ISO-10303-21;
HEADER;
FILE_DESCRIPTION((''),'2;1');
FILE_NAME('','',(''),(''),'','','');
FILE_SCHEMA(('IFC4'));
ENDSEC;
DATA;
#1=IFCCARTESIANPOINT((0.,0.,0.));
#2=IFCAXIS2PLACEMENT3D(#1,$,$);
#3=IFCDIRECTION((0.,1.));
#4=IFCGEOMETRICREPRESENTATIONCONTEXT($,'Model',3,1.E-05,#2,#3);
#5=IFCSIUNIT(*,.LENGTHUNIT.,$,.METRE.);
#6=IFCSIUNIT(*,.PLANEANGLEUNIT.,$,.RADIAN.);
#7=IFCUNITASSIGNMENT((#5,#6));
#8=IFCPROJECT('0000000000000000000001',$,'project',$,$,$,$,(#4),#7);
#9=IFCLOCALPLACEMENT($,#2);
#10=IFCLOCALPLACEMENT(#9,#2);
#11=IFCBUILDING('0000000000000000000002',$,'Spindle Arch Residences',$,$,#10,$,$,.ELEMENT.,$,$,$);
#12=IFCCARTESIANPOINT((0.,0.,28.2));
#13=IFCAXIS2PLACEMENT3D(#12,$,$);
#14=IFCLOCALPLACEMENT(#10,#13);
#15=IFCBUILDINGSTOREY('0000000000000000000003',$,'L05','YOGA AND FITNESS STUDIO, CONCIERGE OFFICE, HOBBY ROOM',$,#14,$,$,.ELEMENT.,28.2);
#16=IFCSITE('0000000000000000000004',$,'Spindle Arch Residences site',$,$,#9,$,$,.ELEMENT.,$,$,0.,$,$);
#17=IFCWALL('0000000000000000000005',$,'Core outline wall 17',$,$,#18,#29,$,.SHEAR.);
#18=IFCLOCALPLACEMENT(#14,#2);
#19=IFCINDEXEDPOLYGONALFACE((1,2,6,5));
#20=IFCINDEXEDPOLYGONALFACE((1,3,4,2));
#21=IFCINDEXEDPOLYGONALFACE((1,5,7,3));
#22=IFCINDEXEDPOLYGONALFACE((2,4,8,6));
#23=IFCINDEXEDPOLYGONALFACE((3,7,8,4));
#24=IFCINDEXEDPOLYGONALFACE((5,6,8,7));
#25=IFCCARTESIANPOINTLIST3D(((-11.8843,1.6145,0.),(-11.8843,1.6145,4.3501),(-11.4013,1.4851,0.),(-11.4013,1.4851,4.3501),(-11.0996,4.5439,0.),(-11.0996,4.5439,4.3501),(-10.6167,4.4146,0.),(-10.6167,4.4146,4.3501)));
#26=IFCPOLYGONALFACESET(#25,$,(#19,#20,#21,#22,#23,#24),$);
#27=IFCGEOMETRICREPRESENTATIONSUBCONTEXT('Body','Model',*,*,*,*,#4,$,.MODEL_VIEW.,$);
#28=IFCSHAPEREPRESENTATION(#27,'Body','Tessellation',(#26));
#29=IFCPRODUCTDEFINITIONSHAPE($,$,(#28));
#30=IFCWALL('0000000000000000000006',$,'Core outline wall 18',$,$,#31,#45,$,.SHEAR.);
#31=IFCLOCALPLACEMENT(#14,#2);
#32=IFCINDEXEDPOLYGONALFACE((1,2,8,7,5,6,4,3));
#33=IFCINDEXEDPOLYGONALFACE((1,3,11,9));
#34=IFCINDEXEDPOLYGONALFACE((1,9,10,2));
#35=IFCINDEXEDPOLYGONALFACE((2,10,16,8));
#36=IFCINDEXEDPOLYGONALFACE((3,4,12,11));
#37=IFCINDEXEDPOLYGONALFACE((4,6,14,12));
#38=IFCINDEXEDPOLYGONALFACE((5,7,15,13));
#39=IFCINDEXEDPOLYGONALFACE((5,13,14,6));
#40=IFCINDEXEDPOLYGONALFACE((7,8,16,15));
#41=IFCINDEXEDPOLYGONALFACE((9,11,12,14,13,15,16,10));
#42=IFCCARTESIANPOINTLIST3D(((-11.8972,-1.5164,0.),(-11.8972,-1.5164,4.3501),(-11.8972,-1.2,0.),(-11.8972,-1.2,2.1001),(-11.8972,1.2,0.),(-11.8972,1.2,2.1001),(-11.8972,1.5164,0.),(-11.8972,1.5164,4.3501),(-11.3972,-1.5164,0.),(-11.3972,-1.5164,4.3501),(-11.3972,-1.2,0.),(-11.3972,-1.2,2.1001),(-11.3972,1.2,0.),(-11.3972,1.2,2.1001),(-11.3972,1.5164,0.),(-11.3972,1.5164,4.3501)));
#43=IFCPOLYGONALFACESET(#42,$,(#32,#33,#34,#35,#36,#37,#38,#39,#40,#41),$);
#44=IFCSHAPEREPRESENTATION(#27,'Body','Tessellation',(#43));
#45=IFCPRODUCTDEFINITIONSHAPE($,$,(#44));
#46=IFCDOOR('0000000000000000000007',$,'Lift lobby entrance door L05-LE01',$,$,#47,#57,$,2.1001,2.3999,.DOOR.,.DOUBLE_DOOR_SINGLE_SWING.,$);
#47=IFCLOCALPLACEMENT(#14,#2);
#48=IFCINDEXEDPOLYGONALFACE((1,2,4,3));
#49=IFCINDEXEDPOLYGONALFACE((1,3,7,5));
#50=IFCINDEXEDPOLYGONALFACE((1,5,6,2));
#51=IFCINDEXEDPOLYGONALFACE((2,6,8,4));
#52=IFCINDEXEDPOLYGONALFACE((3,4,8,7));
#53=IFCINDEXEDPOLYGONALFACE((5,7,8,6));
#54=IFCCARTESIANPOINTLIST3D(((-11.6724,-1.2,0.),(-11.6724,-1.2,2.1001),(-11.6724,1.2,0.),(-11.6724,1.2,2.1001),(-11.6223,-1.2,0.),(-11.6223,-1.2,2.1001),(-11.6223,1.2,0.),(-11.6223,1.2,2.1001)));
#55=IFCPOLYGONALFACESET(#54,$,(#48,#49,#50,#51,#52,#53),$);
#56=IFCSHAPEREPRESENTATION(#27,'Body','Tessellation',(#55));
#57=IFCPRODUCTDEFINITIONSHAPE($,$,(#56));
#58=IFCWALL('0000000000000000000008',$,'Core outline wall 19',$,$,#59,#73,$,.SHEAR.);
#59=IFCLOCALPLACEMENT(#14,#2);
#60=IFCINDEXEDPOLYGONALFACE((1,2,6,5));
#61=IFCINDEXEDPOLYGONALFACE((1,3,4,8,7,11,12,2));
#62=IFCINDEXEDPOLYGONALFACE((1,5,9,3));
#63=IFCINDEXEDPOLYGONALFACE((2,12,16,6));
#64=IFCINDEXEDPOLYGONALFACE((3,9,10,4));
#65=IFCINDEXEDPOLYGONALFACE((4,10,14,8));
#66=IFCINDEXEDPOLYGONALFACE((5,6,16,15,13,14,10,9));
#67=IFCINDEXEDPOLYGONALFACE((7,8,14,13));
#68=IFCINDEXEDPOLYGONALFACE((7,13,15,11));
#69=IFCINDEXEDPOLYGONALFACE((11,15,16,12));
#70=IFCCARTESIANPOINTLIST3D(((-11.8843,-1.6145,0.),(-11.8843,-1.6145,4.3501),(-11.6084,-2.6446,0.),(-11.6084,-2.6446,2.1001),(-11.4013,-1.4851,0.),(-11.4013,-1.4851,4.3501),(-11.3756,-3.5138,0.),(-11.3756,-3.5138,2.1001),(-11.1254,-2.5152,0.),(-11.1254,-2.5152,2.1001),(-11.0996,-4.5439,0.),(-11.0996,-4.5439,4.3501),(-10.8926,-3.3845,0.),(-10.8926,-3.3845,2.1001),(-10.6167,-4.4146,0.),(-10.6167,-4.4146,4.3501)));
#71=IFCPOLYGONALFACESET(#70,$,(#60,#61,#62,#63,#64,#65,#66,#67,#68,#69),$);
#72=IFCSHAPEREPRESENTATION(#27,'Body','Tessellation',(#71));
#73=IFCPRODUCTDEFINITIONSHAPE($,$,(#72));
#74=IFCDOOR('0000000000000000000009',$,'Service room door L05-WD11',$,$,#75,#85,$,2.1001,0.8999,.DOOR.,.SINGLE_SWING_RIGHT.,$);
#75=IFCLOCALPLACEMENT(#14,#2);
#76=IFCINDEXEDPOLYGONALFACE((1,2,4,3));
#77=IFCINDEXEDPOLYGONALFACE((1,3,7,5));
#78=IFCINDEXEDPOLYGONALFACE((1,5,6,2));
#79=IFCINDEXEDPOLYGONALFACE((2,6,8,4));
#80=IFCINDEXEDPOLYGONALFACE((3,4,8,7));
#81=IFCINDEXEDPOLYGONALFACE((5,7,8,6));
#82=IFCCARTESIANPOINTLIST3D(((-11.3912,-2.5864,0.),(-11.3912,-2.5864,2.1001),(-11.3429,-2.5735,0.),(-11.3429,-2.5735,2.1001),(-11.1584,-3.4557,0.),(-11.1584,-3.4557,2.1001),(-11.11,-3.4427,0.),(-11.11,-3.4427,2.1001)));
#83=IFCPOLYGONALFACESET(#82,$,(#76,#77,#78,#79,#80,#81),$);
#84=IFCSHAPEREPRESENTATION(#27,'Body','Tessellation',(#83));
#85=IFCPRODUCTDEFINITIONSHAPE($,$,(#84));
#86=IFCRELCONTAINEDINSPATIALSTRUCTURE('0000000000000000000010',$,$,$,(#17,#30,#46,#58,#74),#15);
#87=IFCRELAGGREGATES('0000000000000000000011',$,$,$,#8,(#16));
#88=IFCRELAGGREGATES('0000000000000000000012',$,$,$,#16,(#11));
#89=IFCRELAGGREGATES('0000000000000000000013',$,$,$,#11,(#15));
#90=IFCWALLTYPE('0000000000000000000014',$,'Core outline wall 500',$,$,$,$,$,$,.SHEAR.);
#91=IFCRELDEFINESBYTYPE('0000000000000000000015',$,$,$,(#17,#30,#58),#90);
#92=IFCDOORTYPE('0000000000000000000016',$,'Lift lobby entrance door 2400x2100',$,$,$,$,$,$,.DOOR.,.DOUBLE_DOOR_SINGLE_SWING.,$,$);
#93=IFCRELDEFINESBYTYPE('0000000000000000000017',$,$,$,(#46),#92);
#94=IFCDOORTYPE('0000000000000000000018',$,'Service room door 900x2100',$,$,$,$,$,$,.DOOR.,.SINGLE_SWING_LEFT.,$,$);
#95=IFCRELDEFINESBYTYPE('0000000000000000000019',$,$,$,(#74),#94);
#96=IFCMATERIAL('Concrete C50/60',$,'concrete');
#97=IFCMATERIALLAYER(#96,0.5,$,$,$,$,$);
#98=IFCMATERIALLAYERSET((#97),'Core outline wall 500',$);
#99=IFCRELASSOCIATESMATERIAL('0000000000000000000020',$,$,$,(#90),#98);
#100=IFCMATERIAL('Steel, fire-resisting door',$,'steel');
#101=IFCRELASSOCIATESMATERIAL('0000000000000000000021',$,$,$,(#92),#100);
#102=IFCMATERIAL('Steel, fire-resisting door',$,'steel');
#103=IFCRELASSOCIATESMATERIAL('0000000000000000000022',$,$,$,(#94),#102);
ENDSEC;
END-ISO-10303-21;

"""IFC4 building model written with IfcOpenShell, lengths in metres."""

from ifc_helpers import new_model, si_unit, direction, frame, frame_2d, origin, place, context, subcontext, project, spatial, rectangle, extrude, material, layer, layer_set, type_object, element, fill, save


model = new_model("IFC4")

# Units and contexts
model_context = context("Model", 3, precision=1e-05, world=origin(), true_north=direction((0.0, 1.0)))
body_context = subcontext(model_context, "Body", "Model", "MODEL_VIEW")
ifc_project = project(units=[si_unit("LENGTHUNIT", "METRE"), si_unit("PLANEANGLEUNIT", "RADIAN")], contexts=[model_context])

# Site, building, storey
site_placement = place(None, origin())
site = spatial("IfcSite", under=ifc_project, at=site_placement, Name="Spindle Arch Residences site", CompositionType="ELEMENT", RefElevation=0.0)
building_placement = place(site_placement, origin())
building = spatial("IfcBuilding", under=site, at=building_placement, Name="Spindle Arch Residences", CompositionType="ELEMENT")
storey_placement = place(building_placement, frame((0.0, 0.0, 28.2)))
storey = spatial("IfcBuildingStorey", under=building, at=storey_placement, Name="L05", Description="YOGA AND FITNESS STUDIO, CONCIERGE OFFICE, HOBBY ROOM", CompositionType="ELEMENT", Elevation=28.2)

# Wall
ifc_material_1 = material(Name="Concrete C50/60", Category="concrete")
ifc_layer_1 = layer(ifc_material_1, 0.5)
ifc_layer_set_1 = layer_set([ifc_layer_1], Name="Core outline wall 500")
wall_type_1 = type_object("IfcWallType", Name="Core outline wall 500", PredefinedType="SHEAR", material=ifc_layer_set_1)
wall_1_placement = place(storey_placement, frame((-10.8582, 4.4792, 0.0), z_axis=(0.0, 0.0, 1.0), x_axis=(-0.258735, -0.965948, 0.0)))
element("IfcWall", 1, at=wall_1_placement, inside=storey, type_object=wall_type_1, Name="Core outline wall 17", PredefinedType="SHEAR", context=body_context, shape_type="SweptSolid", body=[
    extrude(rectangle(XDim=3.0327, YDim=0.5, at=frame_2d((1.5164, 0.0))), origin(), (0.0, 0.0, 1.0), 4.3501),
])

# Walls, openings, doors
wall_2_placement = place(storey_placement, frame((-11.6472, 1.5164, 0.0), z_axis=(0.0, 0.0, 1.0), x_axis=(0.0, -1.0, 0.0)))
wall_2 = element("IfcWall", 2, at=wall_2_placement, inside=storey, type_object=wall_type_1, Name="Core outline wall 18", PredefinedType="SHEAR", context=body_context, shape_type="SweptSolid", body=[
    extrude(rectangle(XDim=3.0327, YDim=0.5, at=frame_2d((1.5164, 0.0))), origin(), (0.0, 0.0, 1.0), 4.3501),
])
opening_1_placement = place(wall_2_placement, frame((0.3164, 0.0, 0.0)))
opening_1 = element("IfcOpeningElement", 3, at=opening_1_placement, cuts=wall_2, PredefinedType="OPENING", context=body_context, shape_type="SweptSolid", body=[
    extrude(rectangle(XDim=2.3999, YDim=2.1001, at=frame_2d((1.2, 1.05))), frame((0.0, 0.26, 0.0), z_axis=(0.0, -1.0, 0.0), x_axis=(1.0, 0.0, 0.0)), (0.0, 0.0, 1.0), 0.52),
])
ifc_material_2 = material(Name="Steel, fire-resisting door", Category="steel")
door_type_1 = type_object("IfcDoorType", Name="Lift lobby entrance door 2400x2100", OperationType="DOUBLE_DOOR_SINGLE_SWING", PredefinedType="DOOR", material=ifc_material_2)
door_1_placement = place(opening_1_placement, origin())
door_1 = element("IfcDoor", 4, at=door_1_placement, inside=storey, type_object=door_type_1, Name="Lift lobby entrance door L05-LE01", OperationType="DOUBLE_DOOR_SINGLE_SWING", OverallHeight=2.1001, OverallWidth=2.3999, PredefinedType="DOOR", context=body_context, shape_type="SweptSolid", body=[
    extrude(rectangle(XDim=2.3999, YDim=2.1001, at=frame_2d((1.2, 1.05))), frame((0.0, 0.0249, 0.0), z_axis=(0.0, -1.0, 0.0), x_axis=(1.0, 0.0, 0.0)), (0.0, 0.0, 1.0), 0.05),
])
fill(opening_1, door_1)
wall_3_placement = place(storey_placement, frame((-11.6428, -1.5498, 0.0), z_axis=(0.0, 0.0, 1.0), x_axis=(0.258735, -0.965948, 0.0)))
wall_3 = element("IfcWall", 5, at=wall_3_placement, inside=storey, type_object=wall_type_1, Name="Core outline wall 19", PredefinedType="SHEAR", context=body_context, shape_type="SweptSolid", body=[
    extrude(rectangle(XDim=3.0327, YDim=0.5, at=frame_2d((1.5164, 0.0))), origin(), (0.0, 0.0, 1.0), 4.3501),
])
opening_2_placement = place(wall_3_placement, frame((1.0664, 0.0, 0.0)))
opening_2 = element("IfcOpeningElement", 6, at=opening_2_placement, cuts=wall_3, PredefinedType="OPENING", context=body_context, shape_type="SweptSolid", body=[
    extrude(rectangle(XDim=0.8999, YDim=2.1001, at=frame_2d((0.45, 1.05))), frame((0.0, 0.26, 0.0), z_axis=(0.0, -1.0, 0.0), x_axis=(1.0, 0.0, 0.0)), (0.0, 0.0, 1.0), 0.52),
])
ifc_material_3 = material(Name="Steel, fire-resisting door", Category="steel")
door_type_2 = type_object("IfcDoorType", Name="Service room door 900x2100", OperationType="SINGLE_SWING_LEFT", PredefinedType="DOOR", material=ifc_material_3)
door_2_placement = place(opening_2_placement, origin())
door_2 = element("IfcDoor", 7, at=door_2_placement, inside=storey, type_object=door_type_2, Name="Service room door L05-WD11", OperationType="SINGLE_SWING_RIGHT", OverallHeight=2.1001, OverallWidth=0.8999, PredefinedType="DOOR", context=body_context, shape_type="SweptSolid", body=[
    extrude(rectangle(XDim=0.8999, YDim=2.1001, at=frame_2d((0.45, 1.05))), frame((0.0, 0.0249, 0.0), z_axis=(0.0, -1.0, 0.0), x_axis=(1.0, 0.0, 0.0)), (0.0, 0.0, 1.0), 0.05),
])
fill(opening_2, door_2)

save(model, "model.ifc")
